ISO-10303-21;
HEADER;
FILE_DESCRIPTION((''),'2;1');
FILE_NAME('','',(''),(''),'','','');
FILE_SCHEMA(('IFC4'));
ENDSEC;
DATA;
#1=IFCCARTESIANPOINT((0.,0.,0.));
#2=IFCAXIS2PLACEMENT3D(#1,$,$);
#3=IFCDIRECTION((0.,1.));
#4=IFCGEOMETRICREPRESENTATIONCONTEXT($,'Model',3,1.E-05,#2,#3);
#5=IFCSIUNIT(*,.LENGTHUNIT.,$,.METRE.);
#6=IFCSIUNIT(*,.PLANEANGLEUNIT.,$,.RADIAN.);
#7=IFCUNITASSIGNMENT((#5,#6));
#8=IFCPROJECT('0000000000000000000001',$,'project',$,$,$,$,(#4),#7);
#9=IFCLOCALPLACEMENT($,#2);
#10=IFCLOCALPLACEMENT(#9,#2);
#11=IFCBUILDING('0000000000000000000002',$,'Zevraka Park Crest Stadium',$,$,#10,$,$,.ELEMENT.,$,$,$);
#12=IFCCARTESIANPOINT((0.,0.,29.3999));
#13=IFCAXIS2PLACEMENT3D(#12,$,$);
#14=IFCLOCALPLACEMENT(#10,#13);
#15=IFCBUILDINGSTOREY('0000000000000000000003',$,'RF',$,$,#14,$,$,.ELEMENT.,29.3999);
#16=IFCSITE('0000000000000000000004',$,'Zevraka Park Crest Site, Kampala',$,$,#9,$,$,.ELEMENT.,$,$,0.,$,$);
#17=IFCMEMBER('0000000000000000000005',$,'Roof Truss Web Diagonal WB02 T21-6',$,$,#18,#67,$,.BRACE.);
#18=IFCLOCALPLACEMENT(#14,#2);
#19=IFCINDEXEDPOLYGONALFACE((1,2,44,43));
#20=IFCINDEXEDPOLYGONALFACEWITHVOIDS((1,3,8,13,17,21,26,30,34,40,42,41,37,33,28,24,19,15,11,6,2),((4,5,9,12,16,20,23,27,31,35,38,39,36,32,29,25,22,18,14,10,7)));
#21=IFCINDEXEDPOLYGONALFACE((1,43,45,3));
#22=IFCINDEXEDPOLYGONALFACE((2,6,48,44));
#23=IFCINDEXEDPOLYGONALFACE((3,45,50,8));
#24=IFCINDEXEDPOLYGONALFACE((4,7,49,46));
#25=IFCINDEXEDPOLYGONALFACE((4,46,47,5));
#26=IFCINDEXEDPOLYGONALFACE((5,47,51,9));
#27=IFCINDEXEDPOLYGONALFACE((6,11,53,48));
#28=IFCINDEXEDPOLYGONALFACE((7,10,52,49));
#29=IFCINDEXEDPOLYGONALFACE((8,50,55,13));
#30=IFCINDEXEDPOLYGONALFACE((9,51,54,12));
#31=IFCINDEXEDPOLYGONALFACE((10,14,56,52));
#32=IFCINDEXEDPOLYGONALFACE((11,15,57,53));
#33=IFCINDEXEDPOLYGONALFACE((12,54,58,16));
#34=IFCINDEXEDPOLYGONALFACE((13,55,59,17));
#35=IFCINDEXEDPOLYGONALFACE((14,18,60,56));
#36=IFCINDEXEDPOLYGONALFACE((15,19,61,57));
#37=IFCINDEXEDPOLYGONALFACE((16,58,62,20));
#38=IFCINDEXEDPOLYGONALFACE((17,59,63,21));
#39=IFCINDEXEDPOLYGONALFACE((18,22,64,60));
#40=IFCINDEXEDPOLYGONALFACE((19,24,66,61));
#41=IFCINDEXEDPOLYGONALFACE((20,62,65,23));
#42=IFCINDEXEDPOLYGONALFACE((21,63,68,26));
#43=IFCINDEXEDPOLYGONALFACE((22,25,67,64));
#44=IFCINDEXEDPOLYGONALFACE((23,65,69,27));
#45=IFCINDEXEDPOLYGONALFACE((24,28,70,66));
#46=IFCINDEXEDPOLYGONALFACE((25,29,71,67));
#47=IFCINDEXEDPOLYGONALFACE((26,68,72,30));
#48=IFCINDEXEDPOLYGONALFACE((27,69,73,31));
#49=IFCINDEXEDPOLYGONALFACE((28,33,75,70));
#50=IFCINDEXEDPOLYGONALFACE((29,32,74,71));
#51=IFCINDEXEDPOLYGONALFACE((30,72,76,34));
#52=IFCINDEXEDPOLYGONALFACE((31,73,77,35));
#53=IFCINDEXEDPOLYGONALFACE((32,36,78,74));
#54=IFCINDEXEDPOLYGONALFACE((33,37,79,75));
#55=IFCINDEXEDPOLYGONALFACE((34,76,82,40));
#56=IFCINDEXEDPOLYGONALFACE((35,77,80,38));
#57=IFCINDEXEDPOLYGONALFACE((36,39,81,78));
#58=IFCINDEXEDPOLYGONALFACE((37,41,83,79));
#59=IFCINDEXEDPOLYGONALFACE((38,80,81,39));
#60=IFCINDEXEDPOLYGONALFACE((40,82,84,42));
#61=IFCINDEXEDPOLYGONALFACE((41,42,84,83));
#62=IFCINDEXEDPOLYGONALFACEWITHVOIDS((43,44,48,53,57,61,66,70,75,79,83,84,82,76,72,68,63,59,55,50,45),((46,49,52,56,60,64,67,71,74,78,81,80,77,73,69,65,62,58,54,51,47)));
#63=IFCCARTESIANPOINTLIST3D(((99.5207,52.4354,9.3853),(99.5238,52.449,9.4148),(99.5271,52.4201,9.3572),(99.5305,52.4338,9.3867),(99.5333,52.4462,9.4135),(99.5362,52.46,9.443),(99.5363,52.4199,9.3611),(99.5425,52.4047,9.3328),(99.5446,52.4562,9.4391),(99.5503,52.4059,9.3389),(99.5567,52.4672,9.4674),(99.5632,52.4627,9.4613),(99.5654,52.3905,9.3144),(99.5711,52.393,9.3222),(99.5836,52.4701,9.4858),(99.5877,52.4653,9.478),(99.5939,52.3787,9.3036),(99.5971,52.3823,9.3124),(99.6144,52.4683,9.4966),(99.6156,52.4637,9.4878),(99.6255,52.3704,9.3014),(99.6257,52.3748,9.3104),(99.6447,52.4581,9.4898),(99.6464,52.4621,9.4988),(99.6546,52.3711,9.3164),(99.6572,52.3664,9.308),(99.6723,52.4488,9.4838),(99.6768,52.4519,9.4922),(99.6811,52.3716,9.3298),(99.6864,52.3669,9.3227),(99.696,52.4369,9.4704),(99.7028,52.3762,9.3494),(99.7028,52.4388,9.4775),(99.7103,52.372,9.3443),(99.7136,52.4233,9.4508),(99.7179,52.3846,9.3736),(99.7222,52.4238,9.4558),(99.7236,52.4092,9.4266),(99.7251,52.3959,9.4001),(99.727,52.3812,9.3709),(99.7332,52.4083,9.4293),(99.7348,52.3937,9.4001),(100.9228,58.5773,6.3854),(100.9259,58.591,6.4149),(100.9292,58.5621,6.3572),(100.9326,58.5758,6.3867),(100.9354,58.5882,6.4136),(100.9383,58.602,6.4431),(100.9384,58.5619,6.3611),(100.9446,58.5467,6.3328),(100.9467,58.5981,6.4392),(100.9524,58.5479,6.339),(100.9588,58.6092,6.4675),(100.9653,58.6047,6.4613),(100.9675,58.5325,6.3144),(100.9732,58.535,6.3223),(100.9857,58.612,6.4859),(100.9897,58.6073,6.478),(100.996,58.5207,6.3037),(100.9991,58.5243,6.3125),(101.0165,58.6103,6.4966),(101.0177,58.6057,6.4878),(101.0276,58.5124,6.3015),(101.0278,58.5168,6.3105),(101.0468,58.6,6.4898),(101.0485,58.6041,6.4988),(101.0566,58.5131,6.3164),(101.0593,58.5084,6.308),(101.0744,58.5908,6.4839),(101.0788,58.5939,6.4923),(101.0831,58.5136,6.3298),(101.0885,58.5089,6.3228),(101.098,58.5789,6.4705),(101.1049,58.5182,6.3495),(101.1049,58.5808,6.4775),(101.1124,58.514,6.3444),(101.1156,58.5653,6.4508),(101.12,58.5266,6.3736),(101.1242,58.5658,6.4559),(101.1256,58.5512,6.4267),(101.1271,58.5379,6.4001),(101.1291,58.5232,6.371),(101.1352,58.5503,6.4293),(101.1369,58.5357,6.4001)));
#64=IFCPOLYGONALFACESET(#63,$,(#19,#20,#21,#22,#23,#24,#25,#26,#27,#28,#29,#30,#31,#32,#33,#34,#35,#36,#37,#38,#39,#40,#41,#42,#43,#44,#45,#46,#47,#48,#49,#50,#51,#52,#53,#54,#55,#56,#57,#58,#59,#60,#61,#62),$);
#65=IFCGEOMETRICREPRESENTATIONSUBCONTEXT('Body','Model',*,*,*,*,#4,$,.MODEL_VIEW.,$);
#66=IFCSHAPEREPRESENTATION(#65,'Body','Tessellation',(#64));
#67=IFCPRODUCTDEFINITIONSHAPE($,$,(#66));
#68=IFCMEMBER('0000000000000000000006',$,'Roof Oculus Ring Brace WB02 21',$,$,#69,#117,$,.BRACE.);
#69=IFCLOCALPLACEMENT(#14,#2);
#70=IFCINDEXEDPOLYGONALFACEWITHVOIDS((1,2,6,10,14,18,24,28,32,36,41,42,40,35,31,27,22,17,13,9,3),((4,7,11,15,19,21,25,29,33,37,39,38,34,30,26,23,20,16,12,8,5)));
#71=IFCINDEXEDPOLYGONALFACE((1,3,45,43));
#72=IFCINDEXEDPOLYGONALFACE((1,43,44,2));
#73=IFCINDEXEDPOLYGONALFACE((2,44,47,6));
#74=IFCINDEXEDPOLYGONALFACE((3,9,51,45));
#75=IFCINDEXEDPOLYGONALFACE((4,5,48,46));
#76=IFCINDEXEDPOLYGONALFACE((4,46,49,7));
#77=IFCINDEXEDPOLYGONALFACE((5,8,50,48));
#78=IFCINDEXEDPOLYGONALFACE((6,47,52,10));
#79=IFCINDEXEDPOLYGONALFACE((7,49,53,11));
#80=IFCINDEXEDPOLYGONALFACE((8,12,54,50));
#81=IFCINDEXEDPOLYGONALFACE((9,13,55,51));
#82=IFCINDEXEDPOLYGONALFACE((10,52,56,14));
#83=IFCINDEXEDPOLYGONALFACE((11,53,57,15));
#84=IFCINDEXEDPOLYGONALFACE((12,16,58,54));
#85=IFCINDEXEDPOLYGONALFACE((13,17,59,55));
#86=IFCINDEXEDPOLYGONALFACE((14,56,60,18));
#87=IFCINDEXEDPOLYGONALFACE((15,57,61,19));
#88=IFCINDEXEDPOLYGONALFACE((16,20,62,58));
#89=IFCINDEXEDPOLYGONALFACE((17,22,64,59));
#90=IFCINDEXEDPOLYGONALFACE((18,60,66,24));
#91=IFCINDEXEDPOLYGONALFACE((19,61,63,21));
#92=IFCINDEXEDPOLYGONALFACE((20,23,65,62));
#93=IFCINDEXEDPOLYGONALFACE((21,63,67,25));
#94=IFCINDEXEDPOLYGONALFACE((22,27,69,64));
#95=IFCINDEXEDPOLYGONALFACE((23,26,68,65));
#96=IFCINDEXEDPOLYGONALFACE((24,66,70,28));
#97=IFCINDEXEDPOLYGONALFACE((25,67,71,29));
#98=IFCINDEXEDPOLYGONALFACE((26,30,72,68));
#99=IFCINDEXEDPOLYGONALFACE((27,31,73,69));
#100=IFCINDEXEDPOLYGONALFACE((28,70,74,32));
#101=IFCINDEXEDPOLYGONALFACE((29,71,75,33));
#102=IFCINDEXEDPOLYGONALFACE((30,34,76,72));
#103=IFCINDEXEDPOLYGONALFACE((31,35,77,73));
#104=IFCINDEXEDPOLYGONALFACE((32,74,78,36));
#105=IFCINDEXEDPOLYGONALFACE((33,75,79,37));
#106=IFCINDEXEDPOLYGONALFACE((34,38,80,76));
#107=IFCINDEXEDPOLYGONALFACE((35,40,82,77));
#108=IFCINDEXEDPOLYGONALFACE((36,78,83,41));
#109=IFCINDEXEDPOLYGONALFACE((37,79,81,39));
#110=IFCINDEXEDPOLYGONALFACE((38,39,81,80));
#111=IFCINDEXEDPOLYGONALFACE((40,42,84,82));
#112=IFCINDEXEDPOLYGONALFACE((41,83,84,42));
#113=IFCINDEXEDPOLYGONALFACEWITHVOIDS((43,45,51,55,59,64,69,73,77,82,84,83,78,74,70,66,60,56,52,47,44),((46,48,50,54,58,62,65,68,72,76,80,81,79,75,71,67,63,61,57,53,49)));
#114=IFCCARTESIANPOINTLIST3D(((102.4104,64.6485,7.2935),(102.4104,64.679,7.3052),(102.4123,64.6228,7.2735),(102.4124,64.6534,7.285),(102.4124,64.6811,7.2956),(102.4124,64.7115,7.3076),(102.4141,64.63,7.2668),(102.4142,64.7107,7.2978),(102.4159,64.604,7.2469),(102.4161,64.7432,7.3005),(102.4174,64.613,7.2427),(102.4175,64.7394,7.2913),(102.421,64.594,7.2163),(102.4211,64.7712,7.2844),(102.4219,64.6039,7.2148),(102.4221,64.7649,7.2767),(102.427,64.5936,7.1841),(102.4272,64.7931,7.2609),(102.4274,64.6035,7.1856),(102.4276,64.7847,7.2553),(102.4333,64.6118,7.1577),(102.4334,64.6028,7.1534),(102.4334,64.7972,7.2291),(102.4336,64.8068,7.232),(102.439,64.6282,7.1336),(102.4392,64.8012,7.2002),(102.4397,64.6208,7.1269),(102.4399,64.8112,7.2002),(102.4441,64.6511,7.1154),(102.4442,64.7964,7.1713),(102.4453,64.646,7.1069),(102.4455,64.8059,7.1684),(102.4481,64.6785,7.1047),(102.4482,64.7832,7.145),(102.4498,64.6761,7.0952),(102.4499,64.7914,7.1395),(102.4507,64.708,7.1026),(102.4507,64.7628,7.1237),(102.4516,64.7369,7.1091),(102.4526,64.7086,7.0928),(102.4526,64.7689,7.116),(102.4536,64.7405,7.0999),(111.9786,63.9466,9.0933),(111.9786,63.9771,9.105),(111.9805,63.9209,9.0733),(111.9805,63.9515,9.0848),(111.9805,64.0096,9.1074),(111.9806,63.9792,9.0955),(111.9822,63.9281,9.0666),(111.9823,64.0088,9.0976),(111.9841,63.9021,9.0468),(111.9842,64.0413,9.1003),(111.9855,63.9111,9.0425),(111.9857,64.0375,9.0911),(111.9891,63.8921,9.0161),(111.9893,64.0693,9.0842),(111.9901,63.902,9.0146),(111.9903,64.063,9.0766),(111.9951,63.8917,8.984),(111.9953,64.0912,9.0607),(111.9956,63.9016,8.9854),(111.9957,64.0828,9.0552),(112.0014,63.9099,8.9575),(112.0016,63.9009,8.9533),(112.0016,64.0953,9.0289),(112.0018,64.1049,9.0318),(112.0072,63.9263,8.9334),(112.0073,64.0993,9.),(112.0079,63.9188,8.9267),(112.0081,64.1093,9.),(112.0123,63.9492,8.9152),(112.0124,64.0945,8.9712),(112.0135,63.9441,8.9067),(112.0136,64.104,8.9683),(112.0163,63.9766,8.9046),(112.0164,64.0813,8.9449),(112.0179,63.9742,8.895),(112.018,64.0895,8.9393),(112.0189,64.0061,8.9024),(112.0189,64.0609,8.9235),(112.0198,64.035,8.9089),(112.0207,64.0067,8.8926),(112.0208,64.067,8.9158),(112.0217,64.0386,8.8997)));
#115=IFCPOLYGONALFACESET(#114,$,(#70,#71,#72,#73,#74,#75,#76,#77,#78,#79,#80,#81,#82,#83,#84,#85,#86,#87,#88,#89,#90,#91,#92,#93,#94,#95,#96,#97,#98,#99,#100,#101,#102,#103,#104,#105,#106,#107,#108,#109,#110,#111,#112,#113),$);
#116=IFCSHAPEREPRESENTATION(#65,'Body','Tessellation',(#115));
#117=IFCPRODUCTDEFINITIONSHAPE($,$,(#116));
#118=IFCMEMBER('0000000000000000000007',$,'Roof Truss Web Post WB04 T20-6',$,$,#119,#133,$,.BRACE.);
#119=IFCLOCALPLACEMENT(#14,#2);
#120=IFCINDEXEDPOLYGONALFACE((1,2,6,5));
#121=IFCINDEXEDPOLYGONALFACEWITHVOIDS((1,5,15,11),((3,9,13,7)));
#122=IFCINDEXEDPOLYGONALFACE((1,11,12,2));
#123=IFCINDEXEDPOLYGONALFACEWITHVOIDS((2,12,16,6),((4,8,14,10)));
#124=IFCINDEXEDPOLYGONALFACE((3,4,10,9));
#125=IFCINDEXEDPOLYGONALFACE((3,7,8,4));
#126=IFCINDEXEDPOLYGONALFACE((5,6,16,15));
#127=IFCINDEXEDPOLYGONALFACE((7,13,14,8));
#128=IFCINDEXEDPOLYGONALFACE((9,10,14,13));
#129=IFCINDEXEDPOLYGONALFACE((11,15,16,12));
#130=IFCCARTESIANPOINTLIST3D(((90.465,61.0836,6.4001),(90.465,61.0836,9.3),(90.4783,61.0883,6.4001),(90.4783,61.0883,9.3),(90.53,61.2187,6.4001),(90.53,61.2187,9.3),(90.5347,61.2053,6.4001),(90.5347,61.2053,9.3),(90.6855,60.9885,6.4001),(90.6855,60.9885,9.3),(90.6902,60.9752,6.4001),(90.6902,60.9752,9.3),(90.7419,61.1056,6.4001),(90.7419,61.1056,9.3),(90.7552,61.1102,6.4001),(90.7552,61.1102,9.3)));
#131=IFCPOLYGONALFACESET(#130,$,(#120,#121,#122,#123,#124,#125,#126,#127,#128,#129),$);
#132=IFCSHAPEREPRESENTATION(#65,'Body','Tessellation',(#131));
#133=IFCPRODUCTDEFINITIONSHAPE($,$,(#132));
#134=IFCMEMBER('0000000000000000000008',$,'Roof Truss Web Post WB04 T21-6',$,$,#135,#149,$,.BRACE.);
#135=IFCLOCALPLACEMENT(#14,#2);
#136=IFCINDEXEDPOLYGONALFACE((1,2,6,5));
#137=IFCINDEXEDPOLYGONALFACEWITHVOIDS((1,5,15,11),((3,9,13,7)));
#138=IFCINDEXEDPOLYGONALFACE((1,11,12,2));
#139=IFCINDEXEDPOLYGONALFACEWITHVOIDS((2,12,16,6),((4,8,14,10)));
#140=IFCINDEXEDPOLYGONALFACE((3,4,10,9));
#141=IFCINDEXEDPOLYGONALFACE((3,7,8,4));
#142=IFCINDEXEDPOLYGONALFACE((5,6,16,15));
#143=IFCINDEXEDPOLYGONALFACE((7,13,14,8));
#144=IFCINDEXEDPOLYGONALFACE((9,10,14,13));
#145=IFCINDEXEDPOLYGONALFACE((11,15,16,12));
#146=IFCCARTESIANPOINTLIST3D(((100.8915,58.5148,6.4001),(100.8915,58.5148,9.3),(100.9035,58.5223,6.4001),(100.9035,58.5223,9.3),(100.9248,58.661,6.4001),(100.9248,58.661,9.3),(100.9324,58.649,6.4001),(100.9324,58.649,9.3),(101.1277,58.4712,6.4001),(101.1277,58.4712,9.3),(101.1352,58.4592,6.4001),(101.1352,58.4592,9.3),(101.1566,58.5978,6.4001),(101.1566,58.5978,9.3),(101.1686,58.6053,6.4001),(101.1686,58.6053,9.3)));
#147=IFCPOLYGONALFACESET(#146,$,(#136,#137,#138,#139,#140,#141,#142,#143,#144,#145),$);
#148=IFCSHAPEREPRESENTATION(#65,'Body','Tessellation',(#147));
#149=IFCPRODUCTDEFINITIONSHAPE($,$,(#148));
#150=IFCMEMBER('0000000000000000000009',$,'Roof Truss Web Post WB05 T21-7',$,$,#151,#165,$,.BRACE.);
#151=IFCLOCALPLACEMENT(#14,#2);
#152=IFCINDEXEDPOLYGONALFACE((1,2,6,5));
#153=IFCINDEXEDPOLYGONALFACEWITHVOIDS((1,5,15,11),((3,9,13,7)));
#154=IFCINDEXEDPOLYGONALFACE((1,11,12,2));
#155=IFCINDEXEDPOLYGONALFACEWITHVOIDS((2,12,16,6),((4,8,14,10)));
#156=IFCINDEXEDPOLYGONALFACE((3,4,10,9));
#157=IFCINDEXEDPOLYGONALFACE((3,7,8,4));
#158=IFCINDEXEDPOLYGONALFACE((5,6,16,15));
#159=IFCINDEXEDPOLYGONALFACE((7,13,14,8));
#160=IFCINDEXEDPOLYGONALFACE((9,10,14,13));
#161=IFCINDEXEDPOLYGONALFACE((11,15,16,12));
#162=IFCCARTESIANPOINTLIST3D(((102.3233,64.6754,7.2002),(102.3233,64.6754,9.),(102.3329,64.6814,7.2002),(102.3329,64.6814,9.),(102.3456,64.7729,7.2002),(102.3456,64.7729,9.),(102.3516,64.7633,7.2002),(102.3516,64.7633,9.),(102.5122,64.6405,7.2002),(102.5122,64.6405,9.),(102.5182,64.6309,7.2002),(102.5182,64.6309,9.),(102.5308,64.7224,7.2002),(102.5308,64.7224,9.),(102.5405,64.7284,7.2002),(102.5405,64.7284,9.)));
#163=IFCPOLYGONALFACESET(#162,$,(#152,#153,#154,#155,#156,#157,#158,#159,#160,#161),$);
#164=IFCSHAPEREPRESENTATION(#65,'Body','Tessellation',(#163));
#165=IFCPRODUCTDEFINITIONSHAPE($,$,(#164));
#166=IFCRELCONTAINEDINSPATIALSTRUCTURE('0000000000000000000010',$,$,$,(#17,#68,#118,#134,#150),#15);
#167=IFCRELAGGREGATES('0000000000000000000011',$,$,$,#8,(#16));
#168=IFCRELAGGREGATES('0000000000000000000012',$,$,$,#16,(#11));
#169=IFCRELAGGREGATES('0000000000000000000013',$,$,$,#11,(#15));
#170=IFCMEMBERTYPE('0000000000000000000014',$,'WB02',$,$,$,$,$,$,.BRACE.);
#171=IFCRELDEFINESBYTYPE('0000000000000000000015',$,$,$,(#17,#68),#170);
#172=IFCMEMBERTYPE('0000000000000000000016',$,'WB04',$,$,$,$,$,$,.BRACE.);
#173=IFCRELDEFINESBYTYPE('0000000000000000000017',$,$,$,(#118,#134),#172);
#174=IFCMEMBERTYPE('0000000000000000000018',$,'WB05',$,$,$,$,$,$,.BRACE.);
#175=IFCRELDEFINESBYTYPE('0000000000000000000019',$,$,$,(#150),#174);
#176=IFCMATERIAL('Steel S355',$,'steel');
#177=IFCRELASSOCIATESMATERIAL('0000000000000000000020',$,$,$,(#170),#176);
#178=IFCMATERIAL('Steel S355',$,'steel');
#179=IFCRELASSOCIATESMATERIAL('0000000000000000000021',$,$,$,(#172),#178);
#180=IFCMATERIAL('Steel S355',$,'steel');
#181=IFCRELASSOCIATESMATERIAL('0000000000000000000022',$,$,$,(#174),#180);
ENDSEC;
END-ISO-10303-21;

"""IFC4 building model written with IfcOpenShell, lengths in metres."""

from ifc_helpers import new_model, si_unit, direction, frame, origin, origin_2d, place, context, subcontext, project, spatial, hollow_rectangle, hollow_circle, extrude, material, material_profile, profile_set, type_object, element, save


model = new_model("IFC4")

# Units and contexts
model_context = context("Model", 3, precision=1e-05, world=origin(), true_north=direction((0.0, 1.0)))
body_context = subcontext(model_context, "Body", "Model", "MODEL_VIEW")
ifc_project = project(units=[si_unit("LENGTHUNIT", "METRE"), si_unit("PLANEANGLEUNIT", "RADIAN")], contexts=[model_context])

# Site, building, storey
site_placement = place(None, origin())
site = spatial("IfcSite", under=ifc_project, at=site_placement, Name="Zevraka Park Crest Site, Kampala", CompositionType="ELEMENT", RefElevation=0.0)
building_placement = place(site_placement, origin())
building = spatial("IfcBuilding", under=site, at=building_placement, Name="Zevraka Park Crest Stadium", CompositionType="ELEMENT")
storey_placement = place(building_placement, frame((0.0, 0.0, 29.3999)))
storey = spatial("IfcBuildingStorey", under=building, at=storey_placement, Name="RF", CompositionType="ELEMENT", Elevation=29.3999)

# Members
ifc_material_1 = material(Name="Steel S355", Category="steel")
ifc_material_profile_1 = material_profile(ifc_material_1, hollow_circle(Radius=0.1096, WallThickness=0.01, at=origin_2d()), Name="CHS 219.1x10")
ifc_profile_set_1 = profile_set([ifc_material_profile_1], Name="Steel S355")
member_type_1 = type_object("IfcMemberType", Name="WB02", PredefinedType="BRACE", material=ifc_profile_set_1)
member_1_placement = place(storey_placement, frame((101.03, 58.5601, 6.4001), z_axis=(-0.200934, -0.88022, 0.429928), x_axis=(0.974921, -0.222552, 0.0)))
element("IfcMember", 1, at=member_1_placement, inside=storey, type_object=member_type_1, Name="Roof Truss Web Diagonal WB02 T21-6", PredefinedType="BRACE", context=body_context, shape_type="SweptSolid", body=[
    extrude(hollow_circle(Radius=0.1096, WallThickness=0.01, at=origin_2d()), origin(), (0.0, 0.0, 1.0), 6.9778),
])
member_2_placement = place(storey_placement, frame((102.4319, 64.7019, 7.2002), z_axis=(0.98022, -0.071908, 0.184384), x_axis=(0.073162, 0.99732, 0.0)))
element("IfcMember", 2, at=member_2_placement, inside=storey, type_object=member_type_1, Name="Roof Oculus Ring Brace WB02 21", PredefinedType="BRACE", context=body_context, shape_type="SweptSolid", body=[
    extrude(hollow_circle(Radius=0.1096, WallThickness=0.01, at=origin_2d()), origin(), (0.0, 0.0, 1.0), 9.7612),
])
ifc_material_2 = material(Name="Steel S355", Category="steel")
ifc_material_profile_2 = material_profile(ifc_material_2, hollow_rectangle(XDim=0.1499, YDim=0.25, WallThickness=0.01, at=origin_2d()), Name="RHS 250x150x10")
ifc_profile_set_2 = profile_set([ifc_material_profile_2], Name="Steel S355")
member_type_2 = type_object("IfcMemberType", Name="WB04", PredefinedType="BRACE", material=ifc_profile_set_2)
for number, where, z_axis, x_axis, name in (
    (3, (90.6101, 61.0969, 6.4001), (0.0, 0.0, 1.0), (0.433816, 0.901001, 0.0), "Roof Truss Web Post WB04 T20-6"),
    (4, (101.03, 58.5601, 6.4001), (0.0, 0.0, 1.0), (0.22257, 0.974917, 0.0), "Roof Truss Web Post WB04 T21-6"),
):
    element("IfcMember", number, at=place(storey_placement, frame(where, z_axis=z_axis, x_axis=x_axis)), inside=storey, type_object=member_type_2, Name=name, PredefinedType="BRACE", context=body_context, shape_type="SweptSolid", body=[
        extrude(hollow_rectangle(XDim=0.1499, YDim=0.25, WallThickness=0.01, at=origin_2d()), origin(), (0.0, 0.0, 1.0), 2.8999),
    ])
ifc_material_3 = material(Name="Steel S355", Category="steel")
ifc_material_profile_3 = material_profile(ifc_material_3, hollow_rectangle(XDim=0.1001, YDim=0.2, WallThickness=0.0081, at=origin_2d()), Name="RHS 200x100x8")
ifc_profile_set_3 = profile_set([ifc_material_profile_3], Name="Steel S355")
member_type_3 = type_object("IfcMemberType", Name="WB05", PredefinedType="BRACE", material=ifc_profile_set_3)
member_3_placement = place(storey_placement, frame((102.4319, 64.7019, 7.2002), z_axis=(0.0, 0.0, 1.0), x_axis=(0.22257, 0.974917, 0.0)))
element("IfcMember", 5, at=member_3_placement, inside=storey, type_object=member_type_3, Name="Roof Truss Web Post WB05 T21-7", PredefinedType="BRACE", context=body_context, shape_type="SweptSolid", body=[
    extrude(hollow_rectangle(XDim=0.1001, YDim=0.2, WallThickness=0.0081, at=origin_2d()), origin(), (0.0, 0.0, 1.0), 1.7998),
])

save(model, "model.ifc")
